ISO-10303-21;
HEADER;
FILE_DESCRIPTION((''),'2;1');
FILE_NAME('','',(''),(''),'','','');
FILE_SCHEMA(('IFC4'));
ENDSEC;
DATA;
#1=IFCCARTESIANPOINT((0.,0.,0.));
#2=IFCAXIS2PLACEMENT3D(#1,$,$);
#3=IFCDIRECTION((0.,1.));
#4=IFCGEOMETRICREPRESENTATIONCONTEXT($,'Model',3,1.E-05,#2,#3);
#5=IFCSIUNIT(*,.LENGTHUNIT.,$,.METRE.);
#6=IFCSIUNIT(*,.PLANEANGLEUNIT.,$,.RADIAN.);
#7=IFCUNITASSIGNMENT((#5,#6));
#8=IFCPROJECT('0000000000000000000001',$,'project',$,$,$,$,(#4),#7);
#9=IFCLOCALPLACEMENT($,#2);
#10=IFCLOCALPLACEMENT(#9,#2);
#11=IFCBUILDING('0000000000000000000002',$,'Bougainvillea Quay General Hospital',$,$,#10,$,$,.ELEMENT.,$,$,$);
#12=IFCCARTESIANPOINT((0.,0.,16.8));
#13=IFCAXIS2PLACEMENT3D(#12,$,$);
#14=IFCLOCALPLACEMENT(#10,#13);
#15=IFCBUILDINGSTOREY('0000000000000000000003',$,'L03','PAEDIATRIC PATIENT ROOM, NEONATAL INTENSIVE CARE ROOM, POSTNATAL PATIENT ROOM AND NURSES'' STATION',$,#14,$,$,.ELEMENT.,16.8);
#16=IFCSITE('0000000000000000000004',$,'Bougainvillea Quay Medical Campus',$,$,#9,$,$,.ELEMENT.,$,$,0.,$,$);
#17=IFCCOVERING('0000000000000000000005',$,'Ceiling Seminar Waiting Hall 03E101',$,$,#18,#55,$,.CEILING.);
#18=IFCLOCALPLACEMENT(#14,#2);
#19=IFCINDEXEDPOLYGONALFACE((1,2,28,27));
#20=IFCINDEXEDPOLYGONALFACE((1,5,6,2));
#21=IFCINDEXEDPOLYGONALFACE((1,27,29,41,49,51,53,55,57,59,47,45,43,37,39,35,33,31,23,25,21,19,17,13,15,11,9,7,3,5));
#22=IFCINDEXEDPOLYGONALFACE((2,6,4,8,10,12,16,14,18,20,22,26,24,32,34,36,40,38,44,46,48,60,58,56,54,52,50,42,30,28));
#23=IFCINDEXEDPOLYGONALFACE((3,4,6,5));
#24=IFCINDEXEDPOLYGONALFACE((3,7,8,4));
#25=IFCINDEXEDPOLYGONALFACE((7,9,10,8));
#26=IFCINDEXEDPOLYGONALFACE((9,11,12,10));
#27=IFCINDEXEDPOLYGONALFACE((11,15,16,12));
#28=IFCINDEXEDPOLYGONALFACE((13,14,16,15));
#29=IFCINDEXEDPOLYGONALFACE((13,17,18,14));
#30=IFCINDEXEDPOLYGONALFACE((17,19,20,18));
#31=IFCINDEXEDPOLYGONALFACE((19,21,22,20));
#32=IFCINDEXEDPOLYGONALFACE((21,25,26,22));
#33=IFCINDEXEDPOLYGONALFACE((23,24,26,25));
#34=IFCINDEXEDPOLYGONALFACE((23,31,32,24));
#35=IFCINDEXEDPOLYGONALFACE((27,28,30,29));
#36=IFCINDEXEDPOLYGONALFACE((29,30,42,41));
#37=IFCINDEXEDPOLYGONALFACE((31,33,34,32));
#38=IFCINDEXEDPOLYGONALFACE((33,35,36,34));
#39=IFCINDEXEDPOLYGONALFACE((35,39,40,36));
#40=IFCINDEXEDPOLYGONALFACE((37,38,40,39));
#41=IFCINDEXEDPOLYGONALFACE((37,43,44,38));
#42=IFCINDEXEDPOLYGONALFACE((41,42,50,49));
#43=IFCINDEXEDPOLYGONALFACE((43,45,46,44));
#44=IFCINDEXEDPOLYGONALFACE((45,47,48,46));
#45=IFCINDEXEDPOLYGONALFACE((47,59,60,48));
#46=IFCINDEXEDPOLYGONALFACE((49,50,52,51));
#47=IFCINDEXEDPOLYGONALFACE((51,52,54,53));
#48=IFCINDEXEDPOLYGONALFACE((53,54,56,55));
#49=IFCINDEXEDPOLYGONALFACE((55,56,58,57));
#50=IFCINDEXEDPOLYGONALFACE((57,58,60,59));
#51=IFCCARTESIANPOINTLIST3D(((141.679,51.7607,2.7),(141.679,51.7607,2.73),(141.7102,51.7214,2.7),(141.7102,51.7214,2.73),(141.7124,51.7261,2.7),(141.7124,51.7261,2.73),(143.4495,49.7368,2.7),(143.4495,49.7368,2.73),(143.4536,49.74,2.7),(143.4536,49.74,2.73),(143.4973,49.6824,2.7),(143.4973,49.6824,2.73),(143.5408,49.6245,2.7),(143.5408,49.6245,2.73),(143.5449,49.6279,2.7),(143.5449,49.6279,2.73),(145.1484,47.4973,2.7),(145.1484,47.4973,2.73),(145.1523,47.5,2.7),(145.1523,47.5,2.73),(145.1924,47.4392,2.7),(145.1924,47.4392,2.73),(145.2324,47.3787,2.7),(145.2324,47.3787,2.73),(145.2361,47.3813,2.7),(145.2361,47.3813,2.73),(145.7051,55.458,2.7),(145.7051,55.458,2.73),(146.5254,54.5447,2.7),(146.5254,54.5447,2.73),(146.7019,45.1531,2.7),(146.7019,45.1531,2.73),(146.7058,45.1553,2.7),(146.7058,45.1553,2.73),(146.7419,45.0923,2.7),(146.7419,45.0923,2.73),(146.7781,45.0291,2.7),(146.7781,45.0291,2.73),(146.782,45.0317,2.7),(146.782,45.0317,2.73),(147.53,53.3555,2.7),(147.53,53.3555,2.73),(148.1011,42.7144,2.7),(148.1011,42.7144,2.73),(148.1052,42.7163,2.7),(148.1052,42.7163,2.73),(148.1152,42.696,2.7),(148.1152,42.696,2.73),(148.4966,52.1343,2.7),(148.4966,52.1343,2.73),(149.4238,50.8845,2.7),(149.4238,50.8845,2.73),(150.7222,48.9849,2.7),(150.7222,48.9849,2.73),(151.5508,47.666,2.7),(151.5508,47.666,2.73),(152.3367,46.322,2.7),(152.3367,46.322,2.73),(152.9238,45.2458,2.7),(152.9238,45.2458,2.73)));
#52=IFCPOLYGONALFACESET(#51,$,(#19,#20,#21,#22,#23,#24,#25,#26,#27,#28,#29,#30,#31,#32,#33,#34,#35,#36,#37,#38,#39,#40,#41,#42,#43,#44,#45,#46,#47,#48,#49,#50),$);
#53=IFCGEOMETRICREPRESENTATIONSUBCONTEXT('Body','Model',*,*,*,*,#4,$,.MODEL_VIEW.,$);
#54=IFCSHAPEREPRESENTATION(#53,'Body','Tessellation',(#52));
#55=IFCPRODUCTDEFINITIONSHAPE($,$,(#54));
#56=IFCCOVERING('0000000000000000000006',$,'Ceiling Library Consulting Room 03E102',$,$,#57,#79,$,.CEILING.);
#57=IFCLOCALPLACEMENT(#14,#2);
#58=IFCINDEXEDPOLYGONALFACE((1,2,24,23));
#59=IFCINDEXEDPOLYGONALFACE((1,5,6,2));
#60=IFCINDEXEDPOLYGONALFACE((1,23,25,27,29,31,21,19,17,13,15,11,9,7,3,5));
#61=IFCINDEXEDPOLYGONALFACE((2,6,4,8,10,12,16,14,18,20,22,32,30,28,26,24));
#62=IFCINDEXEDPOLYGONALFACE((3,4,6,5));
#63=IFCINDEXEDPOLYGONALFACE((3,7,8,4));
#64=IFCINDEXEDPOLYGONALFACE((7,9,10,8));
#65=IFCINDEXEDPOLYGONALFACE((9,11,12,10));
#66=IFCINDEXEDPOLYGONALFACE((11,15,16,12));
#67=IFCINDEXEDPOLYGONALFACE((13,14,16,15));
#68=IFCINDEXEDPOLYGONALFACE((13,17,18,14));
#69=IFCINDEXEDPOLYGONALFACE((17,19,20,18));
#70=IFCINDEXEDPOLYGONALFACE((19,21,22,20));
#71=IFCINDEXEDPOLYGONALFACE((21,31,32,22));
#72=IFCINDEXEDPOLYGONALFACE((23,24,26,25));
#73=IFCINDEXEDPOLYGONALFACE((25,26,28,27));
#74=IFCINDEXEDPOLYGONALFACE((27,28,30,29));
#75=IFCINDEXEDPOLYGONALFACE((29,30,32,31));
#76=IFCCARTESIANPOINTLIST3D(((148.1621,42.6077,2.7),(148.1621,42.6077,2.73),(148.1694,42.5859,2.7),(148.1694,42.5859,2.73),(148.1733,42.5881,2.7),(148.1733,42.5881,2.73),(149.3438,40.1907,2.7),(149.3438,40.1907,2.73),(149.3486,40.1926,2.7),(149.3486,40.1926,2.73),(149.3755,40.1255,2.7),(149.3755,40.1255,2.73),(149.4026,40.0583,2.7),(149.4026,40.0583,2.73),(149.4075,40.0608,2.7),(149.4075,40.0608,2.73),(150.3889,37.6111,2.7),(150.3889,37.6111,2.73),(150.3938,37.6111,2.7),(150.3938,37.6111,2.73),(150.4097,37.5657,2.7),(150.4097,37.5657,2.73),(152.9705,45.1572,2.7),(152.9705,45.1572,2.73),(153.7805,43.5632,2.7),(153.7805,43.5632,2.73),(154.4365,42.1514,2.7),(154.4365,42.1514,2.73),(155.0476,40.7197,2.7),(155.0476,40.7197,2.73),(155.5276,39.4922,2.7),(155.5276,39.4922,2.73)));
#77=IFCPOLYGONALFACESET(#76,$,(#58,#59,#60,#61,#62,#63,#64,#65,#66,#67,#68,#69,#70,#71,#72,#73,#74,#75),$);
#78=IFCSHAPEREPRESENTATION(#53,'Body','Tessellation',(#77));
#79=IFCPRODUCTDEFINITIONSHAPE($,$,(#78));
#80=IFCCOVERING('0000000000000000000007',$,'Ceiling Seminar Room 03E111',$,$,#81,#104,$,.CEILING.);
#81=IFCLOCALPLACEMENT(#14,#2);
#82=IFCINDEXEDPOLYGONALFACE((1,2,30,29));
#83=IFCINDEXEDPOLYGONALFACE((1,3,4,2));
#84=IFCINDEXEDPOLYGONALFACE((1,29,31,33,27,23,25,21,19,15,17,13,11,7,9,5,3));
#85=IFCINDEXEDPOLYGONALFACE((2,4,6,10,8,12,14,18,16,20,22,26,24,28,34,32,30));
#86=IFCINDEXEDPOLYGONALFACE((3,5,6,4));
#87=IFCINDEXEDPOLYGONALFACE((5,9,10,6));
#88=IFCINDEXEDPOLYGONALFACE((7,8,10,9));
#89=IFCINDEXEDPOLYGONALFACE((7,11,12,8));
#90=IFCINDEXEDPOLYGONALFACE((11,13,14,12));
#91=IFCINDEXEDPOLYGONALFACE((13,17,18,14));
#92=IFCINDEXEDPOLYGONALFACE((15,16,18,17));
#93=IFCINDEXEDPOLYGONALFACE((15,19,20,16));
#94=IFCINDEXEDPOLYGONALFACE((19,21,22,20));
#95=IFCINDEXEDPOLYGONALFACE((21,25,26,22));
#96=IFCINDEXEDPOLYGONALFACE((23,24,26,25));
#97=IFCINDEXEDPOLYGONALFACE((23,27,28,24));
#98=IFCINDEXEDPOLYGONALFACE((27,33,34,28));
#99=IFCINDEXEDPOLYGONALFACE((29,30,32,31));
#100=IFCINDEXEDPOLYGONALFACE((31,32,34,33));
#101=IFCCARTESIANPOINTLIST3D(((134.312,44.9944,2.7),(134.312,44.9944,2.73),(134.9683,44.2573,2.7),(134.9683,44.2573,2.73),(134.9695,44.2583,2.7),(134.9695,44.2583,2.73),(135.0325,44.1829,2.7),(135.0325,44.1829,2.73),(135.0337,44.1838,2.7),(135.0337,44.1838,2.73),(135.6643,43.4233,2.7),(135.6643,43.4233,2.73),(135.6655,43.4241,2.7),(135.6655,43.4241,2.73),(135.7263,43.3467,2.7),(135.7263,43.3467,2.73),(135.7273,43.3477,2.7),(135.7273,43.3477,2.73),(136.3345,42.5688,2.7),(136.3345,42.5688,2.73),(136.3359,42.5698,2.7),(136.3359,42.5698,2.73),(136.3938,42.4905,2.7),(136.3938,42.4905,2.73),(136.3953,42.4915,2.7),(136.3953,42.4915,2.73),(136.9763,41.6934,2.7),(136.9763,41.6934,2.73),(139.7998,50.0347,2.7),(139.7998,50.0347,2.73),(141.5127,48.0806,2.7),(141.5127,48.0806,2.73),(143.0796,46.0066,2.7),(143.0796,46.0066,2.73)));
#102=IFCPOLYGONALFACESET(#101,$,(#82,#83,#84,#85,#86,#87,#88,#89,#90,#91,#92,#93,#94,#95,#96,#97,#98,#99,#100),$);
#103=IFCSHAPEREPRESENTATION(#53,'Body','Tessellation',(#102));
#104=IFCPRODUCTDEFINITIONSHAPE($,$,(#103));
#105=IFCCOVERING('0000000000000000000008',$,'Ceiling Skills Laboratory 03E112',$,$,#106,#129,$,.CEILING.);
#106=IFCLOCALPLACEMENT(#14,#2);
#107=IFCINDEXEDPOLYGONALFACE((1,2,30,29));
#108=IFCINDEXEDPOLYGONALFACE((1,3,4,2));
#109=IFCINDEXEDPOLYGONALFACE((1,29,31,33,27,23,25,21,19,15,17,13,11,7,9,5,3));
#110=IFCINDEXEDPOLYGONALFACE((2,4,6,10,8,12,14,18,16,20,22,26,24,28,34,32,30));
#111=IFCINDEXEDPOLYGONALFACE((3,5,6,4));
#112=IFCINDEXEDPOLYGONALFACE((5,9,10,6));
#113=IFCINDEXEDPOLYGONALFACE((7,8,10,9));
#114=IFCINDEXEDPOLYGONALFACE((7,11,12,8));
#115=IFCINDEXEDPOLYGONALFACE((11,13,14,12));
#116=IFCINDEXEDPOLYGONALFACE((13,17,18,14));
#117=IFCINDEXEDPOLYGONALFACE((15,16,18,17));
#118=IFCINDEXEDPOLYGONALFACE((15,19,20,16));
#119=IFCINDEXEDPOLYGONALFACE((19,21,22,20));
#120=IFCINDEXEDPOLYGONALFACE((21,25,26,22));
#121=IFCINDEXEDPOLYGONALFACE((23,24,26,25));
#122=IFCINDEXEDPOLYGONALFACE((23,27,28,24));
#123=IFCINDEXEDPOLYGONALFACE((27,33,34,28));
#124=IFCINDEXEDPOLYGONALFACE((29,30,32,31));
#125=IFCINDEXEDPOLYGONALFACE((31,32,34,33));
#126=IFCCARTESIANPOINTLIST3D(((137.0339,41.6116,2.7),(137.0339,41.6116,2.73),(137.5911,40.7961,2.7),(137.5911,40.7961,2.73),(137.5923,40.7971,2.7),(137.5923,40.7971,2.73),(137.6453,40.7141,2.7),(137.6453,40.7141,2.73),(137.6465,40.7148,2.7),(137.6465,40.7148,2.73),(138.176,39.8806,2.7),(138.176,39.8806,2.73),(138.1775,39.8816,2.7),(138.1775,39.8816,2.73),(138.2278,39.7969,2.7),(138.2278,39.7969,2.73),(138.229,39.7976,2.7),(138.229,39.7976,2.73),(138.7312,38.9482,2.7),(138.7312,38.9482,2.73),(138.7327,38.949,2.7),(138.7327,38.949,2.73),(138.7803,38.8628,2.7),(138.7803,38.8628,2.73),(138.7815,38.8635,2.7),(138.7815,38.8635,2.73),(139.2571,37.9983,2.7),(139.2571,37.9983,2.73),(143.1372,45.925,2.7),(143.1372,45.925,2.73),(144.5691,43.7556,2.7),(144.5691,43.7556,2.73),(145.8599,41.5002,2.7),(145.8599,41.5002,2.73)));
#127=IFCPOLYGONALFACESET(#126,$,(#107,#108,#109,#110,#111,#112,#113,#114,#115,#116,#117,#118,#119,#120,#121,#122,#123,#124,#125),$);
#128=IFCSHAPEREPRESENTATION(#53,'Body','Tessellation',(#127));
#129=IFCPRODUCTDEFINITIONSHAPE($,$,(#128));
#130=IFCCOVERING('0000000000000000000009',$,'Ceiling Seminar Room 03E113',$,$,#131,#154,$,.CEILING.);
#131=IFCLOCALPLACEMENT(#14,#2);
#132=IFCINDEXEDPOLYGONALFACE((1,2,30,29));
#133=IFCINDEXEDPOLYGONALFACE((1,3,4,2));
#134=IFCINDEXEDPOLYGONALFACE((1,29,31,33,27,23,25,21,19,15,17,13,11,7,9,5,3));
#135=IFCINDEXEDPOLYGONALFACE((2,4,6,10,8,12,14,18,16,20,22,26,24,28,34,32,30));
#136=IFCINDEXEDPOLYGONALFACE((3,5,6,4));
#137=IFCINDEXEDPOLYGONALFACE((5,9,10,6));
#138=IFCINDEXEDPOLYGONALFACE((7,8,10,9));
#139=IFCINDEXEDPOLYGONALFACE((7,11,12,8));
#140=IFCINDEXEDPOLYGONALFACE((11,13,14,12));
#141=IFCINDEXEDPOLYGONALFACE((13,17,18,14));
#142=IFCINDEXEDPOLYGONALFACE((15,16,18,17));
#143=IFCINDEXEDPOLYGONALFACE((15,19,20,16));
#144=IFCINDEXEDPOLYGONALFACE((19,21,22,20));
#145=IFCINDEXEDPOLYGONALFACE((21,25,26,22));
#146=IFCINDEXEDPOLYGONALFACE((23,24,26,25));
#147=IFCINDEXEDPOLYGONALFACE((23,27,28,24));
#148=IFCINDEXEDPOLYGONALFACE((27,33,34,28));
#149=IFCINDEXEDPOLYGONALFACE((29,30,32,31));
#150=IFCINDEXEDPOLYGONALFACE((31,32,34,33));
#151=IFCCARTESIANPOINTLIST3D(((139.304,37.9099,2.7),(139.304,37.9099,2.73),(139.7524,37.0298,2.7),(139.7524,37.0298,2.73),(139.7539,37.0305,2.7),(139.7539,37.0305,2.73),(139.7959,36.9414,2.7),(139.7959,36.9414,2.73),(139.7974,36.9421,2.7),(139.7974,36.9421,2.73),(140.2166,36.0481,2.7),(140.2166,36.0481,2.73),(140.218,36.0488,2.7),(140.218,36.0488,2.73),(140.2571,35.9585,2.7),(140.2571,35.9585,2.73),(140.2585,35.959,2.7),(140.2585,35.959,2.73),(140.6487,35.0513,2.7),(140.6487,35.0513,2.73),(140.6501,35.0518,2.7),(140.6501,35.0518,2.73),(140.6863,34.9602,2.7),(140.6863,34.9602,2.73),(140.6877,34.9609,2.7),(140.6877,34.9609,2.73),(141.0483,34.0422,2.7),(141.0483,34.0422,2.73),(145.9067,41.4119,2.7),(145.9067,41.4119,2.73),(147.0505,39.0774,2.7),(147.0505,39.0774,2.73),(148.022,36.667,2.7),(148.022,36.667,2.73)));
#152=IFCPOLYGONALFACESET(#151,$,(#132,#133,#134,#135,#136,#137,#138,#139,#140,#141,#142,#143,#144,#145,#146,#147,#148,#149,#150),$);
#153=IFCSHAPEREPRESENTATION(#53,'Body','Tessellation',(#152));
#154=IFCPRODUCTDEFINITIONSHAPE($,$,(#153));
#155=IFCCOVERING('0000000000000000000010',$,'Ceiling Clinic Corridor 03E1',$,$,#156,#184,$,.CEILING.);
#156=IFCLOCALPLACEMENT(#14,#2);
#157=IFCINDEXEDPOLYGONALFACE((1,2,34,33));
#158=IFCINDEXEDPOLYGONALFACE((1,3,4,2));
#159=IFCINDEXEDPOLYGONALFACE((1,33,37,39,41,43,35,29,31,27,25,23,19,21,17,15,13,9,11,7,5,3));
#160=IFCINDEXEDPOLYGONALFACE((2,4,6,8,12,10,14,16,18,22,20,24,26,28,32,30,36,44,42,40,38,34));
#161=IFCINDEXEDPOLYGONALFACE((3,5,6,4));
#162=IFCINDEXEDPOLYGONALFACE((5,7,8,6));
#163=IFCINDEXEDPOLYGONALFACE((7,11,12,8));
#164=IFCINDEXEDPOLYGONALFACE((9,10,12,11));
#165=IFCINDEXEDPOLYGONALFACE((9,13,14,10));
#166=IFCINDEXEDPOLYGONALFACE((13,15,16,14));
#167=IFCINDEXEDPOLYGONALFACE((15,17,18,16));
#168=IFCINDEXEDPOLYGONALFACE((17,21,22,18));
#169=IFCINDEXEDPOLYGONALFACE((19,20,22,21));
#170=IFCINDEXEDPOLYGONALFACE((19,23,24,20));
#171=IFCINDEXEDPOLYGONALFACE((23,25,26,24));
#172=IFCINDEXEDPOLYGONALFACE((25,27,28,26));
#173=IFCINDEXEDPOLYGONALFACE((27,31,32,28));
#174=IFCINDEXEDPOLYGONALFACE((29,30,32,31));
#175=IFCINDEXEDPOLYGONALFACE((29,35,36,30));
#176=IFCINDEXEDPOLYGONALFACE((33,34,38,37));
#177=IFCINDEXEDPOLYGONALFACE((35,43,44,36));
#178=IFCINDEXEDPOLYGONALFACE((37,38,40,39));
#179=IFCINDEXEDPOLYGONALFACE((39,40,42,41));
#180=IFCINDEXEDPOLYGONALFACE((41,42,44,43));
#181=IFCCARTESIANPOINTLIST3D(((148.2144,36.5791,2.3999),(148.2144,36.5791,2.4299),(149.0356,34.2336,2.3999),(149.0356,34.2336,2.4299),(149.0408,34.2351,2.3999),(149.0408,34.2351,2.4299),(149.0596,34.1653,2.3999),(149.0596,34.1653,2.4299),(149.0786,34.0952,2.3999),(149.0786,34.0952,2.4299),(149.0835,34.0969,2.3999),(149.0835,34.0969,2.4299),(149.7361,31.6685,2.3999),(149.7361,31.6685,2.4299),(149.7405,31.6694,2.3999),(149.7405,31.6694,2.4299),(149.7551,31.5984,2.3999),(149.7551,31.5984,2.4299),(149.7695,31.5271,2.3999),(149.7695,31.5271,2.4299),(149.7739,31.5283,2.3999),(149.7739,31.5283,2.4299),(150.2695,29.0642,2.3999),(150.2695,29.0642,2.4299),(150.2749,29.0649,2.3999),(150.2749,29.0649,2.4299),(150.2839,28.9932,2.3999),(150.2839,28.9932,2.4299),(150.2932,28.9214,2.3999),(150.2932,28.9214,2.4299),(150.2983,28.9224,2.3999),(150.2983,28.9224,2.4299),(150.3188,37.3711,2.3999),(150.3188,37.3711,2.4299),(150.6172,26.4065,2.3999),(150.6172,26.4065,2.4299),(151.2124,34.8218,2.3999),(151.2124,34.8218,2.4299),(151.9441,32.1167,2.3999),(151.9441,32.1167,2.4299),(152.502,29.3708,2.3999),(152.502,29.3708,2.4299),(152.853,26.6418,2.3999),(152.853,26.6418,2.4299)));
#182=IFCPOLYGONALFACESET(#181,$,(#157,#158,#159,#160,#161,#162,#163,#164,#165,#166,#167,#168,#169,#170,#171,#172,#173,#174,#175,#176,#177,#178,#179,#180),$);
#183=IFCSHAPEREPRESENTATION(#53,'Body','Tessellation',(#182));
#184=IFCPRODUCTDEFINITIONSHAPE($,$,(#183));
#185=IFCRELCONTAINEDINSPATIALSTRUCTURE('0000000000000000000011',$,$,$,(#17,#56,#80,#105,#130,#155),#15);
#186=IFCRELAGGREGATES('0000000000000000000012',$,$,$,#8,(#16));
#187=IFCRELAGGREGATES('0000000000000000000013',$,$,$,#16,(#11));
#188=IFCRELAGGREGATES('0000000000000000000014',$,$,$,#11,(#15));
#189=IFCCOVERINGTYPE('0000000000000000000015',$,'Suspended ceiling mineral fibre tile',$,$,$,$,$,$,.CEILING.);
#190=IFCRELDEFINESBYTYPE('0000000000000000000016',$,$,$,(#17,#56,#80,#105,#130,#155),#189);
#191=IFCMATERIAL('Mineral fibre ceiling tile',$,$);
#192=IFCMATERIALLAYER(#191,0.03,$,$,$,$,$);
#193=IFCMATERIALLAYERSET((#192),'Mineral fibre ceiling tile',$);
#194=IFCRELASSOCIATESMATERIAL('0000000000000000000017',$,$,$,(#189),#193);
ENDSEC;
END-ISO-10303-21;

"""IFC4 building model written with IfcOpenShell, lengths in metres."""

from ifc_helpers import new_model, si_unit, direction, frame, origin, place, context, subcontext, project, spatial, polyline, outline, extrude, material, layer, layer_set, type_object, element, save


model = new_model("IFC4")

# Units and contexts
model_context = context("Model", 3, precision=1e-05, world=origin(), true_north=direction((0.0, 1.0)))
body_context = subcontext(model_context, "Body", "Model", "MODEL_VIEW")
ifc_project = project(units=[si_unit("LENGTHUNIT", "METRE"), si_unit("PLANEANGLEUNIT", "RADIAN")], contexts=[model_context])

# Site, building, storey
site_placement = place(None, origin())
site = spatial("IfcSite", under=ifc_project, at=site_placement, Name="Bougainvillea Quay Medical Campus", CompositionType="ELEMENT", RefElevation=0.0)
building_placement = place(site_placement, origin())
building = spatial("IfcBuilding", under=site, at=building_placement, Name="Bougainvillea Quay General Hospital", CompositionType="ELEMENT")
storey_placement = place(building_placement, frame((0.0, 0.0, 16.8)))
storey = spatial("IfcBuildingStorey", under=building, at=storey_placement, Name="L03", Description="PAEDIATRIC PATIENT ROOM, NEONATAL INTENSIVE CARE ROOM, POSTNATAL PATIENT ROOM AND NURSES' STATION", CompositionType="ELEMENT", Elevation=16.8)

# Coverings
ifc_material_1 = material(Name="Mineral fibre ceiling tile")
ifc_layer_1 = layer(ifc_material_1, 0.03)
ifc_layer_set_1 = layer_set([ifc_layer_1], Name="Mineral fibre ceiling tile")
covering_type = type_object("IfcCoveringType", Name="Suspended ceiling mineral fibre tile", PredefinedType="CEILING", material=ifc_layer_set_1)
covering_1_placement = place(storey_placement, frame((0.0, 0.0, 2.7)))
element("IfcCovering", 1, at=covering_1_placement, inside=storey, type_object=covering_type, Name="Ceiling Seminar Waiting Hall 03E101", PredefinedType="CEILING", context=body_context, shape_type="SweptSolid", body=[
    extrude(outline(polyline([(148.4966, 52.1343), (147.53, 53.3555), (146.5254, 54.5447), (145.7051, 55.458), (141.679, 51.7607), (141.7124, 51.7261), (141.7102, 51.7214), (143.4495, 49.7368), (143.4536, 49.74), (143.4973, 49.6824), (143.5449, 49.6279), (143.5408, 49.6245), (145.1484, 47.4973), (145.1523, 47.5), (145.1924, 47.4392), (145.2361, 47.3813), (145.2324, 47.3787), (146.7019, 45.1531), (146.7058, 45.1553), (146.7419, 45.0923), (146.782, 45.0317), (146.7781, 45.0291), (148.1011, 42.7144), (148.1052, 42.7163), (148.1152, 42.696), (152.9238, 45.2458), (152.3367, 46.322), (151.5508, 47.666), (150.7222, 48.9849), (149.4238, 50.8845), (148.4966, 52.1343)])), origin(), (0.0, 0.0, 1.0), 0.03),
])
covering_2_placement = place(storey_placement, frame((0.0, 0.0, 2.7)))
element("IfcCovering", 2, at=covering_2_placement, inside=storey, type_object=covering_type, Name="Ceiling Library Consulting Room 03E102", PredefinedType="CEILING", context=body_context, shape_type="SweptSolid", body=[
    extrude(outline(polyline([(148.1733, 42.5881), (148.1694, 42.5859), (149.3438, 40.1907), (149.3486, 40.1926), (149.3755, 40.1255), (149.4075, 40.0608), (149.4026, 40.0583), (150.3889, 37.6111), (150.3938, 37.6111), (150.4097, 37.5657), (155.5276, 39.4922), (155.0476, 40.7197), (154.4365, 42.1514), (153.7805, 43.5632), (152.9705, 45.1572), (148.1621, 42.6077), (148.1733, 42.5881)])), origin(), (0.0, 0.0, 1.0), 0.03),
])
covering_3_placement = place(storey_placement, frame((0.0, 0.0, 2.7)))
element("IfcCovering", 3, at=covering_3_placement, inside=storey, type_object=covering_type, Name="Ceiling Seminar Room 03E111", PredefinedType="CEILING", context=body_context, shape_type="SweptSolid", body=[
    extrude(outline(polyline([(134.9683, 44.2573), (134.9695, 44.2583), (135.0337, 44.1838), (135.0325, 44.1829), (135.6643, 43.4233), (135.6655, 43.4241), (135.7273, 43.3477), (135.7263, 43.3467), (136.3345, 42.5688), (136.3359, 42.5698), (136.3953, 42.4915), (136.3938, 42.4905), (136.9763, 41.6934), (143.0796, 46.0066), (141.5127, 48.0806), (139.7998, 50.0347), (134.312, 44.9944), (134.9683, 44.2573)])), origin(), (0.0, 0.0, 1.0), 0.03),
])
covering_4_placement = place(storey_placement, frame((0.0, 0.0, 2.7)))
element("IfcCovering", 4, at=covering_4_placement, inside=storey, type_object=covering_type, Name="Ceiling Skills Laboratory 03E112", PredefinedType="CEILING", context=body_context, shape_type="SweptSolid", body=[
    extrude(outline(polyline([(137.5923, 40.7971), (137.6465, 40.7148), (137.6453, 40.7141), (138.176, 39.8806), (138.1775, 39.8816), (138.229, 39.7976), (138.2278, 39.7969), (138.7312, 38.9482), (138.7327, 38.949), (138.7815, 38.8635), (138.7803, 38.8628), (139.2571, 37.9983), (145.8599, 41.5002), (144.5691, 43.7556), (143.1372, 45.925), (137.0339, 41.6116), (137.5911, 40.7961), (137.5923, 40.7971)])), origin(), (0.0, 0.0, 1.0), 0.03),
])
covering_5_placement = place(storey_placement, frame((0.0, 0.0, 2.7)))
element("IfcCovering", 5, at=covering_5_placement, inside=storey, type_object=covering_type, Name="Ceiling Seminar Room 03E113", PredefinedType="CEILING", context=body_context, shape_type="SweptSolid", body=[
    extrude(outline(polyline([(139.7974, 36.9421), (139.7959, 36.9414), (140.2166, 36.0481), (140.218, 36.0488), (140.2585, 35.959), (140.2571, 35.9585), (140.6487, 35.0513), (140.6501, 35.0518), (140.6877, 34.9609), (140.6863, 34.9602), (141.0483, 34.0422), (148.022, 36.667), (147.0505, 39.0774), (145.9067, 41.4119), (139.304, 37.9099), (139.7524, 37.0298), (139.7539, 37.0305), (139.7974, 36.9421)])), origin(), (0.0, 0.0, 1.0), 0.03),
])
covering_6_placement = place(storey_placement, frame((0.0, 0.0, 2.3999)))
element("IfcCovering", 6, at=covering_6_placement, inside=storey, type_object=covering_type, Name="Ceiling Clinic Corridor 03E1", PredefinedType="CEILING", context=body_context, shape_type="SweptSolid", body=[
    extrude(outline(polyline([(149.0356, 34.2336), (149.0408, 34.2351), (149.0596, 34.1653), (149.0835, 34.0969), (149.0786, 34.0952), (149.7361, 31.6685), (149.7405, 31.6694), (149.7551, 31.5984), (149.7739, 31.5283), (149.7695, 31.5271), (150.2695, 29.0642), (150.2749, 29.0649), (150.2839, 28.9932), (150.2983, 28.9224), (150.2932, 28.9214), (150.6172, 26.4065), (152.853, 26.6418), (152.502, 29.3708), (151.9441, 32.1167), (151.2124, 34.8218), (150.3188, 37.3711), (148.2144, 36.5791), (149.0356, 34.2336)])), origin(), (0.0, 0.0, 1.0), 0.03),
])

save(model, "model.ifc")
